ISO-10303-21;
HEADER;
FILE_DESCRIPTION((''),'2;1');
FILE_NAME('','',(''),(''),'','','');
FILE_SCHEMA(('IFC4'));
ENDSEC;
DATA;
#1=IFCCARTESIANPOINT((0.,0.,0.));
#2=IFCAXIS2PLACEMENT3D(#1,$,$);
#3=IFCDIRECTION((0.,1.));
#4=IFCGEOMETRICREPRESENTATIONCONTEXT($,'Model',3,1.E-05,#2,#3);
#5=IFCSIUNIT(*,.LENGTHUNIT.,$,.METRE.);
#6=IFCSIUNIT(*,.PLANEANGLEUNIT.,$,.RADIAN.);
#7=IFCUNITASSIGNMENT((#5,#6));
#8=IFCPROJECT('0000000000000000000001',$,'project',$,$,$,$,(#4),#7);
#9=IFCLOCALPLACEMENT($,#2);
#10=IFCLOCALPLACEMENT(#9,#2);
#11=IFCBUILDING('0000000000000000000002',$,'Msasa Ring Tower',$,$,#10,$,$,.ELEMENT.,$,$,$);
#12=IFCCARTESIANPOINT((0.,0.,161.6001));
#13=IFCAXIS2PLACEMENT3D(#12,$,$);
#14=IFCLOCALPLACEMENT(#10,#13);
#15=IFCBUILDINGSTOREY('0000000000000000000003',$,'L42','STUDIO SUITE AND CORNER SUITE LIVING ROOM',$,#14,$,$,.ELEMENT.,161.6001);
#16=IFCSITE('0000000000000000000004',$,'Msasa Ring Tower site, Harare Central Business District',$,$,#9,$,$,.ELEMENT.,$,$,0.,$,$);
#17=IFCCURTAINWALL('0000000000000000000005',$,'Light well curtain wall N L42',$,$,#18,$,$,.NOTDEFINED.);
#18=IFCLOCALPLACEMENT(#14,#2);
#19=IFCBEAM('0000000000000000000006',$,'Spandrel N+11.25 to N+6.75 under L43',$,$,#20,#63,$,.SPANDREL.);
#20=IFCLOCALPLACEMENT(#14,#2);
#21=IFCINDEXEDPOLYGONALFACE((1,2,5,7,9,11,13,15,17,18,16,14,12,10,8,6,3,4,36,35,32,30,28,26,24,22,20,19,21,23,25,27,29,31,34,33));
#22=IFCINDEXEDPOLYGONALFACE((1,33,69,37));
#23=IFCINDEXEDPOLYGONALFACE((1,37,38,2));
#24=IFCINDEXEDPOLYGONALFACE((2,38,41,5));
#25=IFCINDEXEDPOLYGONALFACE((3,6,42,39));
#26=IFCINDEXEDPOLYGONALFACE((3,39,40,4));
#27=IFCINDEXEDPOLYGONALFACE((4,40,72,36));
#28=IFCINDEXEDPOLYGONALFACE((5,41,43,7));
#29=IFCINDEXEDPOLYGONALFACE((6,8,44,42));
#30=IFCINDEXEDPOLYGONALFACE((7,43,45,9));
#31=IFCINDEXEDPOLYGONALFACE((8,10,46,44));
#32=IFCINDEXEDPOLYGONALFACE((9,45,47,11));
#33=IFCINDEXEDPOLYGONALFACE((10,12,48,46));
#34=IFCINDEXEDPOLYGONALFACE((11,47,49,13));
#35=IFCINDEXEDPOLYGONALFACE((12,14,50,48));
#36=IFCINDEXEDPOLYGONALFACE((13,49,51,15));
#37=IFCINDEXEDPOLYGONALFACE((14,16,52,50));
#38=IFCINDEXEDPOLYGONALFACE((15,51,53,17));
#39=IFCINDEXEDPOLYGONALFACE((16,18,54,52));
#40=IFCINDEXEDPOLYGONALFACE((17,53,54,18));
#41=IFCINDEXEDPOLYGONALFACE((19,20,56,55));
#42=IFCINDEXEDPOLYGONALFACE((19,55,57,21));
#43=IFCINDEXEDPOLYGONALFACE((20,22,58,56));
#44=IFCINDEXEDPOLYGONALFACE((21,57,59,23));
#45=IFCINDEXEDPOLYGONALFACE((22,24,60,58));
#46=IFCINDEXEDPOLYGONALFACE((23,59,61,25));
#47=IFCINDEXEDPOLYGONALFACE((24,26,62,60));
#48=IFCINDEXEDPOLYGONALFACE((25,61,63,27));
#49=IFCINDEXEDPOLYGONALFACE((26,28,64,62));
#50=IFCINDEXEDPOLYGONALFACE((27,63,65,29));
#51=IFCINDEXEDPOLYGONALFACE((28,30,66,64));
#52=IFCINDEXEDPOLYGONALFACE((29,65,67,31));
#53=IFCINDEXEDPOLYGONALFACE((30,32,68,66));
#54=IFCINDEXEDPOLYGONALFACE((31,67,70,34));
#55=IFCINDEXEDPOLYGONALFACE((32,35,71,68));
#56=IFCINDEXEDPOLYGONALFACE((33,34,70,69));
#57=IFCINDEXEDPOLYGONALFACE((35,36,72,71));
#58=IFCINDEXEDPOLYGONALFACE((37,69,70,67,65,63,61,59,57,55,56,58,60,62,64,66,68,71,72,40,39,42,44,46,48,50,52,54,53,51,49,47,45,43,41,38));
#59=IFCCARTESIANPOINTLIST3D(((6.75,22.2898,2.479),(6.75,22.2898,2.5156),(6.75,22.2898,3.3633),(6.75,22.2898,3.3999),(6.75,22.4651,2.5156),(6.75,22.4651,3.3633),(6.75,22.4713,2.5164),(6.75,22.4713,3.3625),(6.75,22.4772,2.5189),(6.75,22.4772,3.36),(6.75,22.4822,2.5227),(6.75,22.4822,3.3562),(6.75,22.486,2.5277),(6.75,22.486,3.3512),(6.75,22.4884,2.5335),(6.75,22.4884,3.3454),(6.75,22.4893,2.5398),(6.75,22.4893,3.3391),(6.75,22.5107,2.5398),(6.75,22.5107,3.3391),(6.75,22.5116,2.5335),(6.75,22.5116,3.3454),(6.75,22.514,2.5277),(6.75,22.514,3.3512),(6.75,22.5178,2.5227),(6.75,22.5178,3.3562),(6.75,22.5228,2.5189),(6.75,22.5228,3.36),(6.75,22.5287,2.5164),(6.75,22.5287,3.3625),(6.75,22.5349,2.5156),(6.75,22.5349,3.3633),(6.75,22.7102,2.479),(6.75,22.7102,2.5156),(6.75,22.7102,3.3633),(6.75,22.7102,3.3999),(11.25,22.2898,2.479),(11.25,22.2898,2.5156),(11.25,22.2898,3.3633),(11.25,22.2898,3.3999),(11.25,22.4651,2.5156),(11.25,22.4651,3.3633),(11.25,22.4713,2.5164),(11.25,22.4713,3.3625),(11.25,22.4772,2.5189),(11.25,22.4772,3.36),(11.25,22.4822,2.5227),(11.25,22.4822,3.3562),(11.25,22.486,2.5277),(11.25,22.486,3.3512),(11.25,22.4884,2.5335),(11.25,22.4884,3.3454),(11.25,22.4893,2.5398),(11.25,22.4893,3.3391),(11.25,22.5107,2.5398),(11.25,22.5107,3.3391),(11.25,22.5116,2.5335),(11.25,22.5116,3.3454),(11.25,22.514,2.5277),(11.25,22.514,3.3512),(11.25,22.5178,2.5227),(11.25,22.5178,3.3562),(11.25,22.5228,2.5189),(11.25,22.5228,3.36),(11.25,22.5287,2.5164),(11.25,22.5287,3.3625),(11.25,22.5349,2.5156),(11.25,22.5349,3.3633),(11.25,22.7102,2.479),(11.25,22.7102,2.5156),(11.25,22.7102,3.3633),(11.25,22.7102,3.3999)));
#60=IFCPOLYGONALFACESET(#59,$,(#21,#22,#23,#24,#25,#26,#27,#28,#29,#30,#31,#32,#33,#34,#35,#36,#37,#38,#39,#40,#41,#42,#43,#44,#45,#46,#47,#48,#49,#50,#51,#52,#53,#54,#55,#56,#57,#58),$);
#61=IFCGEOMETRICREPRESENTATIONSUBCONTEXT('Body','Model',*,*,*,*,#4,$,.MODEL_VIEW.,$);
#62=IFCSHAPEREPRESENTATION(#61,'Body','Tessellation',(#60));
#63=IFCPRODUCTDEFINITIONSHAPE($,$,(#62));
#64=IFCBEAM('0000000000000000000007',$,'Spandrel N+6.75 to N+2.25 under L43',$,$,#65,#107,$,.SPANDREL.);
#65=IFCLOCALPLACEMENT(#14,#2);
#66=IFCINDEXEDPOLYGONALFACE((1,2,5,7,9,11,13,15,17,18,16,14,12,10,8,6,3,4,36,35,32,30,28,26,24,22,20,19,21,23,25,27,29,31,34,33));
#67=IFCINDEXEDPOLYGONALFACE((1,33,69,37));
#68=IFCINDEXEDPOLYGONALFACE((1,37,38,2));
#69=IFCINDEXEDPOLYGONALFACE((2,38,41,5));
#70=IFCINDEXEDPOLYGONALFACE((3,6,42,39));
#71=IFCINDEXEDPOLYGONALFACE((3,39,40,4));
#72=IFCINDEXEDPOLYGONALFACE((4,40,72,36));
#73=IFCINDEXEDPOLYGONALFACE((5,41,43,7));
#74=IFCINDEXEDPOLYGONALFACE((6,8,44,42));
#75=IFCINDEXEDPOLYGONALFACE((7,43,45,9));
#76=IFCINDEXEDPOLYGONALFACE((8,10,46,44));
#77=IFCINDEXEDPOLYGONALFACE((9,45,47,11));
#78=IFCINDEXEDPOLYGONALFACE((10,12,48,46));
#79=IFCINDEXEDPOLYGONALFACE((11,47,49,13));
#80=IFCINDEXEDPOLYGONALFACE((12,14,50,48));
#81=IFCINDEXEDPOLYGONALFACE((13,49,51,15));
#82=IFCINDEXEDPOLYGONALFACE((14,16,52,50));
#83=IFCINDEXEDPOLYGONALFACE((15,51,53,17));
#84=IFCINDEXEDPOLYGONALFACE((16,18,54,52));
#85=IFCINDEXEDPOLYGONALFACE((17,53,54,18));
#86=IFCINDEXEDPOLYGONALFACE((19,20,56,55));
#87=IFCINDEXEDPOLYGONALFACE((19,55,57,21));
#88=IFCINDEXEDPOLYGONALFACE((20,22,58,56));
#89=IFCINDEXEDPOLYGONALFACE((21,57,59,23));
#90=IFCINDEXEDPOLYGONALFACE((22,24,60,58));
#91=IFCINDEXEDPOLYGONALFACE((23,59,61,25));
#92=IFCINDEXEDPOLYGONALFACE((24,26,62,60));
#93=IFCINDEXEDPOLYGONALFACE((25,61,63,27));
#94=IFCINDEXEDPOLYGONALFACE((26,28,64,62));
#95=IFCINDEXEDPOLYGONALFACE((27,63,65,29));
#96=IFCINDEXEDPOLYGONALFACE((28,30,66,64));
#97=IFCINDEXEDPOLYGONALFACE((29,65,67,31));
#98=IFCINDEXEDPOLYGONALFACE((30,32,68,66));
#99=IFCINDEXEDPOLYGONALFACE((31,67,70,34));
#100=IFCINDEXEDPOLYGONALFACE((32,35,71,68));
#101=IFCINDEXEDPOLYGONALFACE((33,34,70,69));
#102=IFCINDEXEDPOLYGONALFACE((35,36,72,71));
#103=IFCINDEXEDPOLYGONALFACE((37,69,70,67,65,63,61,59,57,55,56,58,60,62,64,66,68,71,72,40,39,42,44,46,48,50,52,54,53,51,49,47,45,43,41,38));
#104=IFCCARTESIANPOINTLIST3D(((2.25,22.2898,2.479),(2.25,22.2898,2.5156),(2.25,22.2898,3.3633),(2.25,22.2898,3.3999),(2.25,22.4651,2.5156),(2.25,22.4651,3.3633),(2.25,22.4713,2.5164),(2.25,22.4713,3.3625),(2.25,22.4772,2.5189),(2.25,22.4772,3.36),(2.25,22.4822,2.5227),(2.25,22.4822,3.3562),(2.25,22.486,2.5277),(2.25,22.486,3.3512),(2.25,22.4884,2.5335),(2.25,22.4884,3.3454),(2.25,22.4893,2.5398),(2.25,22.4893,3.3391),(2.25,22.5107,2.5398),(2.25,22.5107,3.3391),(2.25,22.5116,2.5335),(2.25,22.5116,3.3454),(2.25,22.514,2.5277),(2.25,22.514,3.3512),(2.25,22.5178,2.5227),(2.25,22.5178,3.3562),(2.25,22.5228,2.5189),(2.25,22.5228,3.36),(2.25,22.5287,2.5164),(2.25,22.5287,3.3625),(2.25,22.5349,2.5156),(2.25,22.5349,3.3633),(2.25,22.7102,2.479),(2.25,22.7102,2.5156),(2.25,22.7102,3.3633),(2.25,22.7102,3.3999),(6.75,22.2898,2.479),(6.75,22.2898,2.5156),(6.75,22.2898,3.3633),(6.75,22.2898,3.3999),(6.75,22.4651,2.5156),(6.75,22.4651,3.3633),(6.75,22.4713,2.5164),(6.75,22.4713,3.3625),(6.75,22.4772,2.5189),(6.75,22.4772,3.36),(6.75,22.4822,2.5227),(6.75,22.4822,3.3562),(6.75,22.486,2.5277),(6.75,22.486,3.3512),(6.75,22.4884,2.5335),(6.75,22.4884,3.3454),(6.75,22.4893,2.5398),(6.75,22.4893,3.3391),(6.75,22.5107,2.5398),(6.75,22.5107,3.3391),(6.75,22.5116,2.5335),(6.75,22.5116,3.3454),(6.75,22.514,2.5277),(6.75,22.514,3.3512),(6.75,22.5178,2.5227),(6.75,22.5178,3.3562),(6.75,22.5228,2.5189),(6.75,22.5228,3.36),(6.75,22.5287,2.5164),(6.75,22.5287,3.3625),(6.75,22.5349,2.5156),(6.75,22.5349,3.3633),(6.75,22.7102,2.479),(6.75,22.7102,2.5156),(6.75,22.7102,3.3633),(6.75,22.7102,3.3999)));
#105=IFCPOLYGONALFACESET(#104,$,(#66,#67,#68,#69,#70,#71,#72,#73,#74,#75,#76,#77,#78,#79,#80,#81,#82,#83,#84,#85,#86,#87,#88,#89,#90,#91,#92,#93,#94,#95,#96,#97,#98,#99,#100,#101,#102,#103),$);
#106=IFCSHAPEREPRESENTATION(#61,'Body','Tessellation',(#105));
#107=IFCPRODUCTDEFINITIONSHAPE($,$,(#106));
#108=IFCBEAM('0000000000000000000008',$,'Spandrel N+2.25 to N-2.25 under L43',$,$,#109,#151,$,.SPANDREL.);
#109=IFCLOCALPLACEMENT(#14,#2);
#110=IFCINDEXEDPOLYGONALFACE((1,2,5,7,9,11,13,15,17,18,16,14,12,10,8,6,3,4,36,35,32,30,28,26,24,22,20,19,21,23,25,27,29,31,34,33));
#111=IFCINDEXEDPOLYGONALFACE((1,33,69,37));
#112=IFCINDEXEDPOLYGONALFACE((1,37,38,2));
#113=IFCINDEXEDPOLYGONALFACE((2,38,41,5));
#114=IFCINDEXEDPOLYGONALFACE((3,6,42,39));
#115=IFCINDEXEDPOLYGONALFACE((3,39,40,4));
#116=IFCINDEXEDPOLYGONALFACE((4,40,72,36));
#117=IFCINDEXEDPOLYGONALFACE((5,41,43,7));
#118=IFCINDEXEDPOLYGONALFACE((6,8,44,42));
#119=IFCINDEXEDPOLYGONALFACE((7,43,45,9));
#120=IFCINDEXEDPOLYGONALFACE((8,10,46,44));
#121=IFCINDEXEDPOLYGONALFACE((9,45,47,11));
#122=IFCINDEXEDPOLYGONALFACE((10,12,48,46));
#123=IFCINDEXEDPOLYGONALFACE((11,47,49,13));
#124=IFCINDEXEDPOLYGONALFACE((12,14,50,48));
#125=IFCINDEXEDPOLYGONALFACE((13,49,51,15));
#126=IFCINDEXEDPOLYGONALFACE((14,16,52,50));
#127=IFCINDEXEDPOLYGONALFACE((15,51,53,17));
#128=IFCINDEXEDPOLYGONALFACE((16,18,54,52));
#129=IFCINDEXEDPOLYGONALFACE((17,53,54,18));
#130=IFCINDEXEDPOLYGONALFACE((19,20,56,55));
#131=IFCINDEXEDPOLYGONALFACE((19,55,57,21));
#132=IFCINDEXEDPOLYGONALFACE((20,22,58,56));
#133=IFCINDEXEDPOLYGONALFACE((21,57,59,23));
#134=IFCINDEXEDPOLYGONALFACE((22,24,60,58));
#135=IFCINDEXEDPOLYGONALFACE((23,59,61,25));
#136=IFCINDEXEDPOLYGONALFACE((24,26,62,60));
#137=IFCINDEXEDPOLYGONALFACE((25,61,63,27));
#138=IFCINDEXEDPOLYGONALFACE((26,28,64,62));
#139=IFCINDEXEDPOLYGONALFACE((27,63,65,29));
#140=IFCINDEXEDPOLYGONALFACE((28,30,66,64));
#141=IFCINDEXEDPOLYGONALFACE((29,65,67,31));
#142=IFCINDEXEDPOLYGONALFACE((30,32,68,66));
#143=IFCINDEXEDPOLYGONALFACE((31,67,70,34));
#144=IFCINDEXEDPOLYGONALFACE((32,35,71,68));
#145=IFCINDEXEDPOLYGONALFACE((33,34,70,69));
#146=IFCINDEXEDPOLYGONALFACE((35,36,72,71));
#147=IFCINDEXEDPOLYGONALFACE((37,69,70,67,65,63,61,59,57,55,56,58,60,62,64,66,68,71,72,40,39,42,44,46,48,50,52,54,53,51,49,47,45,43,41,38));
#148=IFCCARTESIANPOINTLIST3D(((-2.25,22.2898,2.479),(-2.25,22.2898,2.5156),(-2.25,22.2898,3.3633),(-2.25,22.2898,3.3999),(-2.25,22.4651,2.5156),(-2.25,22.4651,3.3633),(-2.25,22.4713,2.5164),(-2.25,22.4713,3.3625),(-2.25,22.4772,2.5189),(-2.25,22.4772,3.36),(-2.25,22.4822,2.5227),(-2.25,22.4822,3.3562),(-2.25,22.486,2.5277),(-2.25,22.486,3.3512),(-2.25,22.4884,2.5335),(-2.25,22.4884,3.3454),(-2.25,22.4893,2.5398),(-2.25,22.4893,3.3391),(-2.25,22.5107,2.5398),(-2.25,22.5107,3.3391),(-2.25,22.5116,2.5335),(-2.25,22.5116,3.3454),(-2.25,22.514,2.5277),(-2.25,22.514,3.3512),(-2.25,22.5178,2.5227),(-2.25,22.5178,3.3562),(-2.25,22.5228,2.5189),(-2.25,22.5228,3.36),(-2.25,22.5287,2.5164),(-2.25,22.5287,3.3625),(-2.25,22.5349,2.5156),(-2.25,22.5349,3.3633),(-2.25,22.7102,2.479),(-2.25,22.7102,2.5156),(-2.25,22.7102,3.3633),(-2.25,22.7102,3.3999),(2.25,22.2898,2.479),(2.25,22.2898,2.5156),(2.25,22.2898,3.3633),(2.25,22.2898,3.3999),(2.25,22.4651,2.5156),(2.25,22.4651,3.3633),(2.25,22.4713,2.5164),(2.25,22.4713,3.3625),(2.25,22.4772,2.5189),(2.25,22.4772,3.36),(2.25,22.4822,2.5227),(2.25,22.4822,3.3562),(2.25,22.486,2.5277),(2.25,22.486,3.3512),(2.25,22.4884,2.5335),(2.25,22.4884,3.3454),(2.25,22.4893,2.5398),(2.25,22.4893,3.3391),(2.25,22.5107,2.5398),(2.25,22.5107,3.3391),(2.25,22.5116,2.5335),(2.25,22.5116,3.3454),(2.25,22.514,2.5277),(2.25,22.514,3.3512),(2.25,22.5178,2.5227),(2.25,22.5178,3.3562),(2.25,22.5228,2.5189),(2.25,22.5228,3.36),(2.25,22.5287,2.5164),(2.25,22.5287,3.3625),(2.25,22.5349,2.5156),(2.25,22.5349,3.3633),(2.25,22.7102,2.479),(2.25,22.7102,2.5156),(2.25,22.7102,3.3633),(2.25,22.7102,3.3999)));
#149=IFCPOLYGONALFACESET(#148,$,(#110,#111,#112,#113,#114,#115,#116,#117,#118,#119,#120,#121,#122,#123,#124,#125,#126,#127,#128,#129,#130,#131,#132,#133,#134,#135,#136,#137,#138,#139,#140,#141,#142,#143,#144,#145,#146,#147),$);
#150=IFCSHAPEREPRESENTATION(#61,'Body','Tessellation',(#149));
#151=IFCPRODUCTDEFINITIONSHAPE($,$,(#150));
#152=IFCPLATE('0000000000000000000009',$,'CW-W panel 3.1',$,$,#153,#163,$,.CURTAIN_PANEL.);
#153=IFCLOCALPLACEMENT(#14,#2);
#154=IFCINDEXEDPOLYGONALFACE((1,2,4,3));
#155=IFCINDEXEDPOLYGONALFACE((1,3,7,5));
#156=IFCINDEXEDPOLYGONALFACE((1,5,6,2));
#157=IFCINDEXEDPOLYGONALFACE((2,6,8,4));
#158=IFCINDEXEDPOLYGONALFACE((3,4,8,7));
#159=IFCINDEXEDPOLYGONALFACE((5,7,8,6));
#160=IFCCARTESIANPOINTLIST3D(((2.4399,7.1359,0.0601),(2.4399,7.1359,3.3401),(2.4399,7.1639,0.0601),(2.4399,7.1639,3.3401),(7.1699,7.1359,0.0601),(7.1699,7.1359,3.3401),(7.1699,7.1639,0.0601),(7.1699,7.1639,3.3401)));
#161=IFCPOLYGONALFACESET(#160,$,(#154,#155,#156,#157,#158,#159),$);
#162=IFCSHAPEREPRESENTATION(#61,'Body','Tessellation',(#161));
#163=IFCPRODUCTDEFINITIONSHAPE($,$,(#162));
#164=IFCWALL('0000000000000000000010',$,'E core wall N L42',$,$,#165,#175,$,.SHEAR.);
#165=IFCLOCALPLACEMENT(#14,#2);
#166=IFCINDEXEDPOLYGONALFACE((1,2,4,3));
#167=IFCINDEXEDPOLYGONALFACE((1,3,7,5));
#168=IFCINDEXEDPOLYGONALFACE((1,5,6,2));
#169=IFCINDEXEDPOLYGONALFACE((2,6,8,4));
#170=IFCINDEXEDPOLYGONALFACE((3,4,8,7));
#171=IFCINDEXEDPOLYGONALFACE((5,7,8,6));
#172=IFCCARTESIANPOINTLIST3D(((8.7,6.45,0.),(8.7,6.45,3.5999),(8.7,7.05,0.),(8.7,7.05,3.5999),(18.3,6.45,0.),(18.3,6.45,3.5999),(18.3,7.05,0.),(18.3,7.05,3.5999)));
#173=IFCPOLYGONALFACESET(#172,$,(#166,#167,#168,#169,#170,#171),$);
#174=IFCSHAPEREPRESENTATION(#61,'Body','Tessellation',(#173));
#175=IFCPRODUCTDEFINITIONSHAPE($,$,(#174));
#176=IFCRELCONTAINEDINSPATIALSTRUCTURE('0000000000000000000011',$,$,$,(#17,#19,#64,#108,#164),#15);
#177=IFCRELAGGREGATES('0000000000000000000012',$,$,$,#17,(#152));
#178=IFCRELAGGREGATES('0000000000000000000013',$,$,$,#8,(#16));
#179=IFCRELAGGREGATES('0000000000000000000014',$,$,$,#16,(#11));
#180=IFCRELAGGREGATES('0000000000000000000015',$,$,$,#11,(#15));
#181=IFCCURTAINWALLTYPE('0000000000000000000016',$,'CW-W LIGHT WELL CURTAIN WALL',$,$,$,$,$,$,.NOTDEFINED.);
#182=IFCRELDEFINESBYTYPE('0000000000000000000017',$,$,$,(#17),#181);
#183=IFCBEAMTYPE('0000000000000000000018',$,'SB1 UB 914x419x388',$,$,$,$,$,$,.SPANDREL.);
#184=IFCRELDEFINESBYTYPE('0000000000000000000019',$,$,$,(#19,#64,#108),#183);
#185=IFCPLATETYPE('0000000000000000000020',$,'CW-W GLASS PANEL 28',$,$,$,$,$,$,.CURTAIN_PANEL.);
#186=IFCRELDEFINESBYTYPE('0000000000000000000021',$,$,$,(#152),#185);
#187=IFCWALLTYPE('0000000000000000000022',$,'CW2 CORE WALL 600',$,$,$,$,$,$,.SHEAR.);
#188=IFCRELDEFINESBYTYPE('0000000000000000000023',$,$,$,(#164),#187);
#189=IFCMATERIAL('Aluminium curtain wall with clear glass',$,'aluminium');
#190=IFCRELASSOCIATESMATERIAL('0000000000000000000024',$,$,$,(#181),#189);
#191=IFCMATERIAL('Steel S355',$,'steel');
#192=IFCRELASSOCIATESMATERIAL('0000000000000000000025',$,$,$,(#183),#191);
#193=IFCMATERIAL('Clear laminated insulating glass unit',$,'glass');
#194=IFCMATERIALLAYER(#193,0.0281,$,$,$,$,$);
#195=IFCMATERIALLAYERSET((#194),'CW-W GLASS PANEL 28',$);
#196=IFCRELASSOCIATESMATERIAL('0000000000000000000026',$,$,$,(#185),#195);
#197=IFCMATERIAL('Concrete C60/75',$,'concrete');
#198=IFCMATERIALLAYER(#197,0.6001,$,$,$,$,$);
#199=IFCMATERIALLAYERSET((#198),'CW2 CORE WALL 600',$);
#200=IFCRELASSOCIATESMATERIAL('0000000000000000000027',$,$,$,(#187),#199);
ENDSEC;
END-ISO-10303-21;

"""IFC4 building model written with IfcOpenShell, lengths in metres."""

from ifc_helpers import new_model, si_unit, direction, frame, frame_2d, origin, origin_2d, place, context, subcontext, project, spatial, rectangle, i_section, extrude, material, layer, layer_set, material_profile, profile_set, type_object, element, aggregate, save


model = new_model("IFC4")

# Units and contexts
model_context = context("Model", 3, precision=1e-05, world=origin(), true_north=direction((0.0, 1.0)))
body_context = subcontext(model_context, "Body", "Model", "MODEL_VIEW")
ifc_project = project(units=[si_unit("LENGTHUNIT", "METRE"), si_unit("PLANEANGLEUNIT", "RADIAN")], contexts=[model_context])

# Site, building, storey
site_placement = place(None, origin())
site = spatial("IfcSite", under=ifc_project, at=site_placement, Name="Msasa Ring Tower site, Harare Central Business District", CompositionType="ELEMENT", RefElevation=0.0)
building_placement = place(site_placement, origin())
building = spatial("IfcBuilding", under=site, at=building_placement, Name="Msasa Ring Tower", CompositionType="ELEMENT")
storey_placement = place(building_placement, frame((0.0, 0.0, 161.6001)))
storey = spatial("IfcBuildingStorey", under=building, at=storey_placement, Name="L42", Description="STUDIO SUITE AND CORNER SUITE LIVING ROOM", CompositionType="ELEMENT", Elevation=161.6001)

# Curtain wall
ifc_material_1 = material(Name="Aluminium curtain wall with clear glass", Category="aluminium")
curtain_wall_type = type_object("IfcCurtainWallType", Name="CW-W LIGHT WELL CURTAIN WALL", PredefinedType="NOTDEFINED", material=ifc_material_1)
curtain_wall_1_placement = place(storey_placement, origin())
curtain_wall_1 = element("IfcCurtainWall", 1, at=curtain_wall_1_placement, inside=storey, type_object=curtain_wall_type, Name="Light well curtain wall N L42", PredefinedType="NOTDEFINED")

# Beams
ifc_material_2 = material(Name="Steel S355", Category="steel")
ifc_material_profile_1 = material_profile(ifc_material_2, i_section(OverallWidth=0.4204, OverallDepth=0.9209, WebThickness=0.0215, FlangeThickness=0.0366, FilletRadius=0.0242, at=origin_2d()), Name="UB 914x419x388")
ifc_profile_set_1 = profile_set([ifc_material_profile_1], Name="Steel S355")
beam_type_1 = type_object("IfcBeamType", Name="SB1 UB 914x419x388", PredefinedType="SPANDREL", material=ifc_profile_set_1)
for number, where, z_axis, x_axis, name in (
    (2, (11.25, 22.5, 2.9395), (-1.0, 0.0, 0.0), (0.0, -1.0, 0.0), "Spandrel N+11.25 to N+6.75 under L43"),
    (3, (6.75, 22.5, 2.9395), (-1.0, 0.0, 0.0), (0.0, -1.0, 0.0), "Spandrel N+6.75 to N+2.25 under L43"),
    (4, (2.25, 22.5, 2.9395), (-1.0, 0.0, 0.0), (0.0, -1.0, 0.0), "Spandrel N+2.25 to N-2.25 under L43"),
):
    element("IfcBeam", number, at=place(storey_placement, frame(where, z_axis=z_axis, x_axis=x_axis)), inside=storey, type_object=beam_type_1, Name=name, PredefinedType="SPANDREL", context=body_context, shape_type="SweptSolid", body=[
        extrude(i_section(OverallWidth=0.4204, OverallDepth=0.9209, WebThickness=0.0215, FlangeThickness=0.0366, FilletRadius=0.0242, at=origin_2d()), origin(), (0.0, 0.0, 1.0), 4.5),
    ])

# Plate
ifc_material_3 = material(Name="Clear laminated insulating glass unit", Category="glass")
ifc_layer_1 = layer(ifc_material_3, 0.0281)
ifc_layer_set_1 = layer_set([ifc_layer_1], Name="CW-W GLASS PANEL 28")
plate_type = type_object("IfcPlateType", Name="CW-W GLASS PANEL 28", PredefinedType="CURTAIN_PANEL", material=ifc_layer_set_1)
plate_placement = place(storey_placement, frame((4.8049, 7.1499, 0.0601), z_axis=(0.0, 0.0, 1.0), x_axis=(1.0, 0.0, 0.0)))
plate = element("IfcPlate", 5, at=plate_placement, type_object=plate_type, Name="CW-W panel 3.1", PredefinedType="CURTAIN_PANEL", context=body_context, shape_type="SweptSolid", body=[
    extrude(rectangle(XDim=4.73, YDim=0.0281, at=origin_2d()), origin(), (0.0, 0.0, 1.0), 3.28),
])
aggregate(curtain_wall_1, [plate])

# Wall
ifc_material_4 = material(Name="Concrete C60/75", Category="concrete")
ifc_layer_2 = layer(ifc_material_4, 0.6001)
ifc_layer_set_2 = layer_set([ifc_layer_2], Name="CW2 CORE WALL 600")
wall_type_1 = type_object("IfcWallType", Name="CW2 CORE WALL 600", PredefinedType="SHEAR", material=ifc_layer_set_2)
wall_1_placement = place(storey_placement, frame((8.7, 6.75, 0.0), z_axis=(0.0, 0.0, 1.0), x_axis=(1.0, 0.0, 0.0)))
element("IfcWall", 6, at=wall_1_placement, inside=storey, type_object=wall_type_1, Name="E core wall N L42", PredefinedType="SHEAR", context=body_context, shape_type="SweptSolid", body=[
    extrude(rectangle(XDim=9.6001, YDim=0.6001, at=frame_2d((4.8, 0.0))), origin(), (0.0, 0.0, 1.0), 3.5999),
])

save(model, "model.ifc")
